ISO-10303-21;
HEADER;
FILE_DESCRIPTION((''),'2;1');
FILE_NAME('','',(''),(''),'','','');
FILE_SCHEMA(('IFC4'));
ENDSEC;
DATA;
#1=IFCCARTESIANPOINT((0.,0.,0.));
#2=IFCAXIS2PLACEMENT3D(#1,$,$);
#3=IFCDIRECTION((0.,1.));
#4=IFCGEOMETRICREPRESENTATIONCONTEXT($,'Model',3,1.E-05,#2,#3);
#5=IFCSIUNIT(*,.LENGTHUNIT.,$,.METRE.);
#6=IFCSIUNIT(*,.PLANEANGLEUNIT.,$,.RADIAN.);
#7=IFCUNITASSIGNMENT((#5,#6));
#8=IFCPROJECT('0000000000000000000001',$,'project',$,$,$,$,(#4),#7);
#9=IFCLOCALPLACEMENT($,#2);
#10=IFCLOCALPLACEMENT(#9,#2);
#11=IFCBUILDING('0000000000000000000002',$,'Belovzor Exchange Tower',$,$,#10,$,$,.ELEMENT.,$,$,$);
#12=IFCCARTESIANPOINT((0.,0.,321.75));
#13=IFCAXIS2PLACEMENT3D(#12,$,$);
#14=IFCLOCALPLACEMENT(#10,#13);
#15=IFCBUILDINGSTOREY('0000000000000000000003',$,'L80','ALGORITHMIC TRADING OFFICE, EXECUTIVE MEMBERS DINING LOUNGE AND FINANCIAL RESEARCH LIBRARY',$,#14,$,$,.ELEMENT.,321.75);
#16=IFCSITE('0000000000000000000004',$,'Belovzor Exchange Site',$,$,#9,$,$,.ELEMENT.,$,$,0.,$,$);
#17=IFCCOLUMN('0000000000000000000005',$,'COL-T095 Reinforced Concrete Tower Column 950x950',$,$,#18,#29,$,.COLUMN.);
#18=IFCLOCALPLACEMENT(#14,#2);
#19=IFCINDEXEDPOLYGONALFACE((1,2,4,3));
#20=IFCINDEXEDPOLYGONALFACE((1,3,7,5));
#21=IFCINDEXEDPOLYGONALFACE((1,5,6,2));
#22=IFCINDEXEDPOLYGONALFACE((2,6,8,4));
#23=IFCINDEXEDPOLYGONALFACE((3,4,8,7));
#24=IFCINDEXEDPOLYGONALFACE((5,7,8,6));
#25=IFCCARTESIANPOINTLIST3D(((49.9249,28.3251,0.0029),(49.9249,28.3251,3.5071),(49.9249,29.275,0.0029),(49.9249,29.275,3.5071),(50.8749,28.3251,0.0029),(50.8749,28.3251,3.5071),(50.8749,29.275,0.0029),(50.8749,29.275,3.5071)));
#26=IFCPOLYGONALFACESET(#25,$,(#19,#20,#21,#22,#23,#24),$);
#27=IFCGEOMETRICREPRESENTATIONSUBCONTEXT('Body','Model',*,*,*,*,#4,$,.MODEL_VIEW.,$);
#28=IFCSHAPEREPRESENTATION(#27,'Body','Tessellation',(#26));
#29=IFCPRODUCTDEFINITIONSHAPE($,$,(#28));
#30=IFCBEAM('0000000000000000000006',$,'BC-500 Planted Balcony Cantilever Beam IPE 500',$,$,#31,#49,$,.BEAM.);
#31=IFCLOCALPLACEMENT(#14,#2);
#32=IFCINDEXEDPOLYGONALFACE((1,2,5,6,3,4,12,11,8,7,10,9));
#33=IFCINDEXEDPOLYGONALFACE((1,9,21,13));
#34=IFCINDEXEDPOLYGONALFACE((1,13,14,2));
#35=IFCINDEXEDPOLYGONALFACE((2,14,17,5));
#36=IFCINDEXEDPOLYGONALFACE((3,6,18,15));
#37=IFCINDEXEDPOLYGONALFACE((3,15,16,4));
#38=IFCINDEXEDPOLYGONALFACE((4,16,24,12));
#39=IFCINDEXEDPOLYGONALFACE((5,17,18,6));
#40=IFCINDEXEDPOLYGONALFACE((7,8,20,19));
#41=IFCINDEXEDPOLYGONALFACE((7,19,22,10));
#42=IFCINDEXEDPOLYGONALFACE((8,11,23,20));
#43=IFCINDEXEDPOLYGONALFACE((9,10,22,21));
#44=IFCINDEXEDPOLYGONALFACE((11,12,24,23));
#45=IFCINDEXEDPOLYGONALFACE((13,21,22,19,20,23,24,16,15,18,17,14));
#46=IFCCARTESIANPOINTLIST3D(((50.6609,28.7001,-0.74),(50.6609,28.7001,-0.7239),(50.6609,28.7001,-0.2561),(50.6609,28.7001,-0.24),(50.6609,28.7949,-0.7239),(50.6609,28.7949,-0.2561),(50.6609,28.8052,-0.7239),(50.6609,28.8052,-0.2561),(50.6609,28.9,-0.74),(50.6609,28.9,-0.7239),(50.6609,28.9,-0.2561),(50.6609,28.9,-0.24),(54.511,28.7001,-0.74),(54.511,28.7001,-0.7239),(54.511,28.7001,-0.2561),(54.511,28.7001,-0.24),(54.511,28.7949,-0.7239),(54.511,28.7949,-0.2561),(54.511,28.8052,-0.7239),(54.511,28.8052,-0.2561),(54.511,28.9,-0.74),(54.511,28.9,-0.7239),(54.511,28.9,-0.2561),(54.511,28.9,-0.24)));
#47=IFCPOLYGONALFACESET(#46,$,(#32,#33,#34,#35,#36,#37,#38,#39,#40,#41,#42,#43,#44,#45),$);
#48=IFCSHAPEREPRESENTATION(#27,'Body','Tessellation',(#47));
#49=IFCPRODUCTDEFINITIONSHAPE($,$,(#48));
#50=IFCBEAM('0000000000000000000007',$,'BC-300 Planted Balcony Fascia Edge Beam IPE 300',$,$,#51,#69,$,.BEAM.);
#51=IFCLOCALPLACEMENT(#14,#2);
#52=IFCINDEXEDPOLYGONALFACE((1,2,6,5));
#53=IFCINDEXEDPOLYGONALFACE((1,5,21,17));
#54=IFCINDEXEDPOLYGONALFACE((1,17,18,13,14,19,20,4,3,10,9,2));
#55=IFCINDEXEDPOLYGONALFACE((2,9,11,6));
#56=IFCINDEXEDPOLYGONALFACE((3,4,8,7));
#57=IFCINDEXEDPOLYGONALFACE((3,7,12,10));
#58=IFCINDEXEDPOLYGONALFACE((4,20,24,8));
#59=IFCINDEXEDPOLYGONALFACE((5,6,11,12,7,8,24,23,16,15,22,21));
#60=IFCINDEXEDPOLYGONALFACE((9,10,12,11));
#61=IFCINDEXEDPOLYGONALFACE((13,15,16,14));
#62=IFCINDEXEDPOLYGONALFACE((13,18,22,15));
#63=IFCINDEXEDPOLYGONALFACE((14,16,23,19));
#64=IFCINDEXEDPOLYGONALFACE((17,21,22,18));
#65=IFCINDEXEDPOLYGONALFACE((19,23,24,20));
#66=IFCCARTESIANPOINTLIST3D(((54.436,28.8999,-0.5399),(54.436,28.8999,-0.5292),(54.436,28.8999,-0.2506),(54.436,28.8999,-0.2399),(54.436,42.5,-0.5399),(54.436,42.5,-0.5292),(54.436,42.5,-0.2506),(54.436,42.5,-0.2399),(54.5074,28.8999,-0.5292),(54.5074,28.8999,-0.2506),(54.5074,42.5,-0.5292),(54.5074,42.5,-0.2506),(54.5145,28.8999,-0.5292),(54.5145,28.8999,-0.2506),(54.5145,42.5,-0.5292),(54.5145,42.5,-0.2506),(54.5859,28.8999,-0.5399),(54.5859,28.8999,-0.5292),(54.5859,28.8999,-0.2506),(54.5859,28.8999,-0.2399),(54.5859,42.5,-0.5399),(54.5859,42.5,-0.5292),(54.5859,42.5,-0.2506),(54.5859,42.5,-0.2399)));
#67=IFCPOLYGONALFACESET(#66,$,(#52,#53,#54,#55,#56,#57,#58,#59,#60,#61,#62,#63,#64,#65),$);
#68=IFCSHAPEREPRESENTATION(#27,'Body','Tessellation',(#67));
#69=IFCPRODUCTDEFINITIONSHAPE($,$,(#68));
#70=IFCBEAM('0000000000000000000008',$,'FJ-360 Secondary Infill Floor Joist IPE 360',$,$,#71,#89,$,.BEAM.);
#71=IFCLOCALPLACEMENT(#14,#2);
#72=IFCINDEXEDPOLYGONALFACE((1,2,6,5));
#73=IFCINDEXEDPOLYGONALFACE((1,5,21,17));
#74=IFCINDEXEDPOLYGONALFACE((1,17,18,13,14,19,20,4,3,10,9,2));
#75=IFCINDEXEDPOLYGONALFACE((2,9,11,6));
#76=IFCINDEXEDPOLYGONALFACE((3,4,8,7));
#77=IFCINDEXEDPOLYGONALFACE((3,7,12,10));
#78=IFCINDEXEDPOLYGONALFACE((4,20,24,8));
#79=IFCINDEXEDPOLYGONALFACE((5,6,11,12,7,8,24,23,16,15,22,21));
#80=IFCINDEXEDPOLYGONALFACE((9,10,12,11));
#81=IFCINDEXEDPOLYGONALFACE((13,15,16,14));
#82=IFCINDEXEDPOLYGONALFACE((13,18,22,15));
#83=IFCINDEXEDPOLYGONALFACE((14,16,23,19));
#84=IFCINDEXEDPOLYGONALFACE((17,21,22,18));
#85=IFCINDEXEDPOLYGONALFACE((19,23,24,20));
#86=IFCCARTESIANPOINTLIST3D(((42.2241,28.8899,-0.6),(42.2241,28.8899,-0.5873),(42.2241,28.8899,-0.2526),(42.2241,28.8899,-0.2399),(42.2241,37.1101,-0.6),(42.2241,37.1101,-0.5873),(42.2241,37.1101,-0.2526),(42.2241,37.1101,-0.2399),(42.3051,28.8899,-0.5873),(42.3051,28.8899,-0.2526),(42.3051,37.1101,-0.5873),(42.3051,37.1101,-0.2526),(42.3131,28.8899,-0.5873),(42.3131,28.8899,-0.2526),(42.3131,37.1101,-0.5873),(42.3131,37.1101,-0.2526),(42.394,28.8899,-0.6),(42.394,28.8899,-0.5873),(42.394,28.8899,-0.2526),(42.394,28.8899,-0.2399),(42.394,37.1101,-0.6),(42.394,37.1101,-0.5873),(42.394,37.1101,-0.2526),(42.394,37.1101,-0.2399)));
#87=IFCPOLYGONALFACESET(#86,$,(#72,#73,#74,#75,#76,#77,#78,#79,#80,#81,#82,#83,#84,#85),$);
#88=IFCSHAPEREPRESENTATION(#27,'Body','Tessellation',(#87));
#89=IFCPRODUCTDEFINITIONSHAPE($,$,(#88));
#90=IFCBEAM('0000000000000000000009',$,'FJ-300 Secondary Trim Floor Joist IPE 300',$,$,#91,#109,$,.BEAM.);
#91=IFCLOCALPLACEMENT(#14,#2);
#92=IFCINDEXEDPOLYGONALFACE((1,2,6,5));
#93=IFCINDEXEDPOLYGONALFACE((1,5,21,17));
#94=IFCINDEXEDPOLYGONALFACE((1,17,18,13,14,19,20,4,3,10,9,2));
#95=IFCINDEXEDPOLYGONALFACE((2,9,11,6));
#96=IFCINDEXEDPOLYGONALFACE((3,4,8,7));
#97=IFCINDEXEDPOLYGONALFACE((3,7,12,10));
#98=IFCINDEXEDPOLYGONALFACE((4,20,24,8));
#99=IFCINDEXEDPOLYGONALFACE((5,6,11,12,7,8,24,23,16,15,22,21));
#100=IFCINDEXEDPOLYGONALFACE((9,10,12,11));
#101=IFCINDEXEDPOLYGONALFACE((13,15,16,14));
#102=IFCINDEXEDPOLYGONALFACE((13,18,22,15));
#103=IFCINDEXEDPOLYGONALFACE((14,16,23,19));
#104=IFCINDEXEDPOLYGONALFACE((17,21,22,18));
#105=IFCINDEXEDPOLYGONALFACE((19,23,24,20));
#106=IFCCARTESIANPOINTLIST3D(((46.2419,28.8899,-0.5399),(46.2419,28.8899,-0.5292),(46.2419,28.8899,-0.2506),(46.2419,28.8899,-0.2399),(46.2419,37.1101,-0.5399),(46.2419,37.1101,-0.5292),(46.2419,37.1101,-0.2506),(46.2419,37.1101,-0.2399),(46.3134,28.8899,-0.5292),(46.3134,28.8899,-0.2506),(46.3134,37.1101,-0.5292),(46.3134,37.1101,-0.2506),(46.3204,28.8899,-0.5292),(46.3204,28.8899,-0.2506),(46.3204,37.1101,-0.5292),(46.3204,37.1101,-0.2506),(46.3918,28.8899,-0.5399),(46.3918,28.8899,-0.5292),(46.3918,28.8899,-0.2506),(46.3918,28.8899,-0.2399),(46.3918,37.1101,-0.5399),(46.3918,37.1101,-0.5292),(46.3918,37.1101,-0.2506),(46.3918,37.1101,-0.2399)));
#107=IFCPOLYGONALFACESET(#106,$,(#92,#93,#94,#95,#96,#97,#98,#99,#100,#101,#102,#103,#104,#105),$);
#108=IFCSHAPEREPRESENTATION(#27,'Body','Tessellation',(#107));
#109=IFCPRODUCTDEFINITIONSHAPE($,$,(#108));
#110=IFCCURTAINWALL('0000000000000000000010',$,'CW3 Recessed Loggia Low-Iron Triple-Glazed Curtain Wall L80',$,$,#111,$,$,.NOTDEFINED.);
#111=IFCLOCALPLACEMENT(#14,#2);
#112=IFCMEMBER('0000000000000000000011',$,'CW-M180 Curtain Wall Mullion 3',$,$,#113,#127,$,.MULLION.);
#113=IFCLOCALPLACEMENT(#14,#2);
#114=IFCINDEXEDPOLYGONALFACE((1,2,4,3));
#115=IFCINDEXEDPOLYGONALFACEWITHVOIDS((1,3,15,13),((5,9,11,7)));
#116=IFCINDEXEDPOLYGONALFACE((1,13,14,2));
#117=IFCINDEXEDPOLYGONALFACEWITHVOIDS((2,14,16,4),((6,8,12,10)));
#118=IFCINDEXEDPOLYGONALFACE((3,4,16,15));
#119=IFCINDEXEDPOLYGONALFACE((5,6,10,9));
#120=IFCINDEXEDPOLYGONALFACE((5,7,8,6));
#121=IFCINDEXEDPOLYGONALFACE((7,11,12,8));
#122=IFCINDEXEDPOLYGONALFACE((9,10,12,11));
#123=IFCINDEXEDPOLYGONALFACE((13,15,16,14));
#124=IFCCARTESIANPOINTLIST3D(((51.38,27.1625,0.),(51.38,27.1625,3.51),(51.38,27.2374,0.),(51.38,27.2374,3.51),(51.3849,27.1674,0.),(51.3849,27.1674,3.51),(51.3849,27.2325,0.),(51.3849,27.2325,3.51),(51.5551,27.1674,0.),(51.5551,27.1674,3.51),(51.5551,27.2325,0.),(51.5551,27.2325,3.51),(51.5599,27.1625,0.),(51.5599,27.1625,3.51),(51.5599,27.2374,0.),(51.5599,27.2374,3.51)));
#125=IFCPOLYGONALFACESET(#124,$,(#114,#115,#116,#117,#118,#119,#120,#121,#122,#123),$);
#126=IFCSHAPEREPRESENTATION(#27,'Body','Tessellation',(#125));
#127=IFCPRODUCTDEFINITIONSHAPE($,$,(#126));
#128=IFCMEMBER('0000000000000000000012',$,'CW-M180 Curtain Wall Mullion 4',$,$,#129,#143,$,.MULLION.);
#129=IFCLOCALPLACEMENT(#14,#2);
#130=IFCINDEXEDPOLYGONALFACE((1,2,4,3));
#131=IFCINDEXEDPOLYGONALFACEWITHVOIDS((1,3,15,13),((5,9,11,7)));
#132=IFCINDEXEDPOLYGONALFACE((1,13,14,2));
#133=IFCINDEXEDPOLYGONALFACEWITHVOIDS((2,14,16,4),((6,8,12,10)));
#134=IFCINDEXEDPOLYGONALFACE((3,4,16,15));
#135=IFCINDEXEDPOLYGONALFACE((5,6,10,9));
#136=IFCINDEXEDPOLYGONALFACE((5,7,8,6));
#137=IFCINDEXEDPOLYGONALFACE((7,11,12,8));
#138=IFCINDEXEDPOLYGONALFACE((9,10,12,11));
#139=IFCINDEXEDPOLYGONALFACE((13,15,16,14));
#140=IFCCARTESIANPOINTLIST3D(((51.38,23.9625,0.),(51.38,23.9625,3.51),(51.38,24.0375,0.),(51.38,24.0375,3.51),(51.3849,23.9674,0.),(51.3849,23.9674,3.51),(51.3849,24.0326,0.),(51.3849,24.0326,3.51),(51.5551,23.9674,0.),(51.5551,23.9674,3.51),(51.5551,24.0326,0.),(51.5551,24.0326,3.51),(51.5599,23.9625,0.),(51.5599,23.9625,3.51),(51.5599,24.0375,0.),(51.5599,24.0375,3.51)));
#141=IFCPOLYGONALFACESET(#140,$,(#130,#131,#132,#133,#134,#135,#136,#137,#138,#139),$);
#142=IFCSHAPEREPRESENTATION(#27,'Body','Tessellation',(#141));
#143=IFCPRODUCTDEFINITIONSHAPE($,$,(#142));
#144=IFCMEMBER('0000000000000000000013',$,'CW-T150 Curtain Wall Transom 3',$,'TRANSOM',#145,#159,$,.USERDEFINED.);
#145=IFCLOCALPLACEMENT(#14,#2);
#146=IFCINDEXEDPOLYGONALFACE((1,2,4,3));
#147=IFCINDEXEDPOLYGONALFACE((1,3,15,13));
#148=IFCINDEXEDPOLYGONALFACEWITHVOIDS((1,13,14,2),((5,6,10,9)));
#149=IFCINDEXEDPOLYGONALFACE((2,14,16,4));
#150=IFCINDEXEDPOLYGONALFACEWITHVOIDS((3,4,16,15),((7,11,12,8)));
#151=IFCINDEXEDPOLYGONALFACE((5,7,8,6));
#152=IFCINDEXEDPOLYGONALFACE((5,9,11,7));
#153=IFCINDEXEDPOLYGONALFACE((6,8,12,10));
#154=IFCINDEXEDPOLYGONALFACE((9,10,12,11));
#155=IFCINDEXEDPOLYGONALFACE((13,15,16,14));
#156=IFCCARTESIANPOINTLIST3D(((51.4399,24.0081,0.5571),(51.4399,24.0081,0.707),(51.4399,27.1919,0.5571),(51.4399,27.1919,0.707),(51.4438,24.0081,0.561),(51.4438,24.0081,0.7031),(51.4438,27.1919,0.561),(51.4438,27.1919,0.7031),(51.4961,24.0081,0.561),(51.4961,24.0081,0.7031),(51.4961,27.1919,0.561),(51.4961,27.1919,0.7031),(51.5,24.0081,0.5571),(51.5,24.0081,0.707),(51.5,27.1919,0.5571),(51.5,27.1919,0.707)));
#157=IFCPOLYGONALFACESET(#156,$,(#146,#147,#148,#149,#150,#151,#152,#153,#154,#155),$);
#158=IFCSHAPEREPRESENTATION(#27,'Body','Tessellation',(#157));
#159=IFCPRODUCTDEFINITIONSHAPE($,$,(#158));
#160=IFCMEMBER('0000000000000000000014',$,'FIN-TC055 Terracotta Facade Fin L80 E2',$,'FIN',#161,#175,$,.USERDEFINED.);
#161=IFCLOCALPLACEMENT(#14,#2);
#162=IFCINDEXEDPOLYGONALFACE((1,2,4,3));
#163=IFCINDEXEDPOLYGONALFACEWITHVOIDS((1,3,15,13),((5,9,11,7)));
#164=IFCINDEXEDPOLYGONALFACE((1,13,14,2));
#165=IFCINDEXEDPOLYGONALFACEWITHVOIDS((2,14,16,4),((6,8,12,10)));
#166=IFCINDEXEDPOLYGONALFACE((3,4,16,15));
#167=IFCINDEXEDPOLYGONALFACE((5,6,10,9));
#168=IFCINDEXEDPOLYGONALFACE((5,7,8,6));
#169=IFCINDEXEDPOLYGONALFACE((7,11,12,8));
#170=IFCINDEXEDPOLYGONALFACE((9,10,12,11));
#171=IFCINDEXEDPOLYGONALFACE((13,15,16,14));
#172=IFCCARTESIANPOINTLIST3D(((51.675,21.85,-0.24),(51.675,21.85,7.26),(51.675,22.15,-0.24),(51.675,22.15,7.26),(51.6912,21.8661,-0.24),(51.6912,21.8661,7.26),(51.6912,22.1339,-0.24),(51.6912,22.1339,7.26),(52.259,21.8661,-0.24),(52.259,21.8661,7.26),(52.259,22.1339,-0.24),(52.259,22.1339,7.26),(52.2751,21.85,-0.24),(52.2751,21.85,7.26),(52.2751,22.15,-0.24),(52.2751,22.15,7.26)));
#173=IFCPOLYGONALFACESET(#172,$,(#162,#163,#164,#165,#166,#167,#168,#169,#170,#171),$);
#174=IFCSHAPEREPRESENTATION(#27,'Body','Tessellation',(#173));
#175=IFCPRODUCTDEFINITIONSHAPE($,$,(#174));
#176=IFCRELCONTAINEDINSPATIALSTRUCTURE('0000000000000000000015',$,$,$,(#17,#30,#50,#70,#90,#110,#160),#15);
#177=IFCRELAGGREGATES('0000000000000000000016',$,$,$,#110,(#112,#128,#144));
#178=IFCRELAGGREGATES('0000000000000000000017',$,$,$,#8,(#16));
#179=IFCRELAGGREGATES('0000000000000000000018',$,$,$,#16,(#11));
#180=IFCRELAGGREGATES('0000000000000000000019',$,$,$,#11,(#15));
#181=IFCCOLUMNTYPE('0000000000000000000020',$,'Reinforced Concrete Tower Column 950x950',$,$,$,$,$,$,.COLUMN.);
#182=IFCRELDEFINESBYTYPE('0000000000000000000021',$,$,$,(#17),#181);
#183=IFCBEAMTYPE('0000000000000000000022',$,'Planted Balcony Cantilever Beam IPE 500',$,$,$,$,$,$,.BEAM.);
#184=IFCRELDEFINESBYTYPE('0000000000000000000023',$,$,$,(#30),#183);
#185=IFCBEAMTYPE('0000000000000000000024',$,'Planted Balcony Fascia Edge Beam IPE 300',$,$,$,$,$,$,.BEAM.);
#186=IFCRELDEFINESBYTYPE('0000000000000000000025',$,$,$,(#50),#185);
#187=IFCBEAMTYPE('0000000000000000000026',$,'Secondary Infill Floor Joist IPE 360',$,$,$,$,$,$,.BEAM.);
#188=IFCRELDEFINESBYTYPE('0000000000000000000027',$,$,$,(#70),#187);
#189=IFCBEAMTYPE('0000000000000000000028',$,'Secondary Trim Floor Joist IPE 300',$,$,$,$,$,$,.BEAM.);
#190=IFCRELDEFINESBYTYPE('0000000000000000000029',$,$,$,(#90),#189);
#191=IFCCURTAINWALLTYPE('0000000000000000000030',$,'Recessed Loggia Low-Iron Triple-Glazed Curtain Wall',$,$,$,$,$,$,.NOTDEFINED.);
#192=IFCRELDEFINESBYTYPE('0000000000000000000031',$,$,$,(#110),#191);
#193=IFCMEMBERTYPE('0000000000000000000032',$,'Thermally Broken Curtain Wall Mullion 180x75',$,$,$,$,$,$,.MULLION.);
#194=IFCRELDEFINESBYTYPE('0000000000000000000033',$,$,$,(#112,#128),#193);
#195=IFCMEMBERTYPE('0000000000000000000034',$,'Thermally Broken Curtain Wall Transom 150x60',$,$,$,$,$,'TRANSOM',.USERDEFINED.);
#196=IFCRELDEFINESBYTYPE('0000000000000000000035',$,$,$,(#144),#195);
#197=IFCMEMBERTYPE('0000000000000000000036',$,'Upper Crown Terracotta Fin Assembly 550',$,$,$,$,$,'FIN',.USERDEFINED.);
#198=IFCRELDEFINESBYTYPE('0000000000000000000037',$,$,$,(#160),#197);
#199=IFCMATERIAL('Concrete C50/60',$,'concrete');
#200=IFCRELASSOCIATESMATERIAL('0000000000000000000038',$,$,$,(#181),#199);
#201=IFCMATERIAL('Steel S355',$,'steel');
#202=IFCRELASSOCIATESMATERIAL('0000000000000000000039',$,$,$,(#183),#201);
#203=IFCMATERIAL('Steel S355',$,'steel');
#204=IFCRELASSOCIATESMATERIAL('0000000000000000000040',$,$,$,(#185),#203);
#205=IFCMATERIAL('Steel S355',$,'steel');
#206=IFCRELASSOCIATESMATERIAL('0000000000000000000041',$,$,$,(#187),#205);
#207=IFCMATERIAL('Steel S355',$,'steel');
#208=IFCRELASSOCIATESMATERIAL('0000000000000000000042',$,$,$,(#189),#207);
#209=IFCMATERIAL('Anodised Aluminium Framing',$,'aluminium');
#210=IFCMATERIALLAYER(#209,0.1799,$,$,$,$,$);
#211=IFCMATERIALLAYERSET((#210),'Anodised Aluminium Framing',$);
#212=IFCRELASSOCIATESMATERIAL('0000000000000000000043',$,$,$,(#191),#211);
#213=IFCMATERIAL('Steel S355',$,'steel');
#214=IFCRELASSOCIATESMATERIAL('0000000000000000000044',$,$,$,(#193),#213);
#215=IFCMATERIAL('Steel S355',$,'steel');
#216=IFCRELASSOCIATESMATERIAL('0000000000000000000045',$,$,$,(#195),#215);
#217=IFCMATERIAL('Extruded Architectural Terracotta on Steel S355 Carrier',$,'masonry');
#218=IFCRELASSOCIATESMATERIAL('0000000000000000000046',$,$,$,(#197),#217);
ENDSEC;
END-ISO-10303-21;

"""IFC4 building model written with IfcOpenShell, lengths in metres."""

from ifc_helpers import new_model, si_unit, direction, frame, origin, origin_2d, place, context, subcontext, project, spatial, rectangle, hollow_rectangle, i_section, extrude, material, layer, layer_set, material_profile, profile_set, type_object, element, aggregate, save


model = new_model("IFC4")

# Units and contexts
model_context = context("Model", 3, precision=1e-05, world=origin(), true_north=direction((0.0, 1.0)))
body_context = subcontext(model_context, "Body", "Model", "MODEL_VIEW")
ifc_project = project(units=[si_unit("LENGTHUNIT", "METRE"), si_unit("PLANEANGLEUNIT", "RADIAN")], contexts=[model_context])

# Site, building, storey
site_placement = place(None, origin())
site = spatial("IfcSite", under=ifc_project, at=site_placement, Name="Belovzor Exchange Site", CompositionType="ELEMENT", RefElevation=0.0)
building_placement = place(site_placement, origin())
building = spatial("IfcBuilding", under=site, at=building_placement, Name="Belovzor Exchange Tower", CompositionType="ELEMENT")
storey_placement = place(building_placement, frame((0.0, 0.0, 321.75)))
storey = spatial("IfcBuildingStorey", under=building, at=storey_placement, Name="L80", Description="ALGORITHMIC TRADING OFFICE, EXECUTIVE MEMBERS DINING LOUNGE AND FINANCIAL RESEARCH LIBRARY", CompositionType="ELEMENT", Elevation=321.75)

# Column
ifc_material_1 = material(Name="Concrete C50/60", Category="concrete")
ifc_material_profile_1 = material_profile(ifc_material_1, rectangle(XDim=0.95, YDim=0.95, at=origin_2d()))
ifc_profile_set_1 = profile_set([ifc_material_profile_1], Name="Concrete C50/60")
column_type = type_object("IfcColumnType", Name="Reinforced Concrete Tower Column 950x950", PredefinedType="COLUMN", material=ifc_profile_set_1)
column_placement = place(storey_placement, frame((50.3999, 28.8, 0.0029), z_axis=(0.0, 0.0, 1.0), x_axis=(1.0, 0.0, 0.0)))
element("IfcColumn", 1, at=column_placement, inside=storey, type_object=column_type, Name="COL-T095 Reinforced Concrete Tower Column 950x950", PredefinedType="COLUMN", context=body_context, shape_type="SweptSolid", body=[
    extrude(rectangle(XDim=0.95, YDim=0.95, at=origin_2d()), origin(), (0.0, 0.0, 1.0), 3.5042),
])

# Beams
ifc_material_2 = material(Name="Steel S355", Category="steel")
ifc_material_profile_2 = material_profile(ifc_material_2, i_section(OverallWidth=0.2, OverallDepth=0.5, WebThickness=0.0103, FlangeThickness=0.0161, at=origin_2d()))
ifc_profile_set_2 = profile_set([ifc_material_profile_2], Name="Steel S355")
beam_type_1 = type_object("IfcBeamType", Name="Planted Balcony Cantilever Beam IPE 500", PredefinedType="BEAM", material=ifc_profile_set_2)
beam_1_placement = place(storey_placement, frame((50.6609, 28.8, -0.49), z_axis=(1.0, 0.0, 0.0), x_axis=(0.0, 1.0, 0.0)))
element("IfcBeam", 2, at=beam_1_placement, inside=storey, type_object=beam_type_1, Name="BC-500 Planted Balcony Cantilever Beam IPE 500", PredefinedType="BEAM", context=body_context, shape_type="SweptSolid", body=[
    extrude(i_section(OverallWidth=0.2, OverallDepth=0.5, WebThickness=0.0103, FlangeThickness=0.0161, at=origin_2d()), origin(), (0.0, 0.0, 1.0), 3.8501),
])
ifc_material_3 = material(Name="Steel S355", Category="steel")
ifc_material_profile_3 = material_profile(ifc_material_3, i_section(OverallWidth=0.1499, OverallDepth=0.3, WebThickness=0.0071, FlangeThickness=0.0107, at=origin_2d()))
ifc_profile_set_3 = profile_set([ifc_material_profile_3], Name="Steel S355")
beam_type_2 = type_object("IfcBeamType", Name="Planted Balcony Fascia Edge Beam IPE 300", PredefinedType="BEAM", material=ifc_profile_set_3)
beam_2_placement = place(storey_placement, frame((54.511, 28.8999, -0.3899), z_axis=(0.0, 1.0, 0.0), x_axis=(-1.0, 0.0, 0.0)))
element("IfcBeam", 3, at=beam_2_placement, inside=storey, type_object=beam_type_2, Name="BC-300 Planted Balcony Fascia Edge Beam IPE 300", PredefinedType="BEAM", context=body_context, shape_type="SweptSolid", body=[
    extrude(i_section(OverallWidth=0.1499, OverallDepth=0.3, WebThickness=0.0071, FlangeThickness=0.0107, at=origin_2d()), origin(), (0.0, 0.0, 1.0), 13.6001),
])
ifc_material_4 = material(Name="Steel S355", Category="steel")
ifc_material_profile_4 = material_profile(ifc_material_4, i_section(OverallWidth=0.1699, OverallDepth=0.3601, WebThickness=0.0081, FlangeThickness=0.0127, at=origin_2d()))
ifc_profile_set_4 = profile_set([ifc_material_profile_4], Name="Steel S355")
beam_type_3 = type_object("IfcBeamType", Name="Secondary Infill Floor Joist IPE 360", PredefinedType="BEAM", material=ifc_profile_set_4)
beam_3_placement = place(storey_placement, frame((42.3091, 28.8899, -0.4199), z_axis=(0.0, 1.0, 0.0), x_axis=(-1.0, 0.0, 0.0)))
element("IfcBeam", 4, at=beam_3_placement, inside=storey, type_object=beam_type_3, Name="FJ-360 Secondary Infill Floor Joist IPE 360", PredefinedType="BEAM", context=body_context, shape_type="SweptSolid", body=[
    extrude(i_section(OverallWidth=0.1699, OverallDepth=0.3601, WebThickness=0.0081, FlangeThickness=0.0127, at=origin_2d()), origin(), (0.0, 0.0, 1.0), 8.2202),
])
ifc_material_5 = material(Name="Steel S355", Category="steel")
ifc_material_profile_5 = material_profile(ifc_material_5, i_section(OverallWidth=0.1499, OverallDepth=0.3, WebThickness=0.0071, FlangeThickness=0.0107, at=origin_2d()))
ifc_profile_set_5 = profile_set([ifc_material_profile_5], Name="Steel S355")
beam_type_4 = type_object("IfcBeamType", Name="Secondary Trim Floor Joist IPE 300", PredefinedType="BEAM", material=ifc_profile_set_5)
beam_4_placement = place(storey_placement, frame((46.3169, 28.8899, -0.3899), z_axis=(0.0, 1.0, 0.0), x_axis=(-1.0, 0.0, 0.0)))
element("IfcBeam", 5, at=beam_4_placement, inside=storey, type_object=beam_type_4, Name="FJ-300 Secondary Trim Floor Joist IPE 300", PredefinedType="BEAM", context=body_context, shape_type="SweptSolid", body=[
    extrude(i_section(OverallWidth=0.1499, OverallDepth=0.3, WebThickness=0.0071, FlangeThickness=0.0107, at=origin_2d()), origin(), (0.0, 0.0, 1.0), 8.2202),
])

# Curtain wall, members
ifc_material_6 = material(Name="Anodised Aluminium Framing", Category="aluminium")
ifc_layer_1 = layer(ifc_material_6, 0.1799)
ifc_layer_set_1 = layer_set([ifc_layer_1], Name="Anodised Aluminium Framing")
curtain_wall_type = type_object("IfcCurtainWallType", Name="Recessed Loggia Low-Iron Triple-Glazed Curtain Wall", PredefinedType="NOTDEFINED", material=ifc_layer_set_1)
curtain_wall_placement = place(storey_placement, origin())
curtain_wall = element("IfcCurtainWall", 6, at=curtain_wall_placement, inside=storey, type_object=curtain_wall_type, Name="CW3 Recessed Loggia Low-Iron Triple-Glazed Curtain Wall L80", PredefinedType="NOTDEFINED")
ifc_material_7 = material(Name="Steel S355", Category="steel")
ifc_material_profile_6 = material_profile(ifc_material_7, hollow_rectangle(XDim=0.075, YDim=0.1799, WallThickness=0.0049, at=origin_2d()))
ifc_profile_set_6 = profile_set([ifc_material_profile_6], Name="Steel S355")
member_type_1 = type_object("IfcMemberType", Name="Thermally Broken Curtain Wall Mullion 180x75", PredefinedType="MULLION", material=ifc_profile_set_6)
member_1_placement = place(storey_placement, frame((51.47, 27.2, 0.0), z_axis=(0.0, 0.0, 1.0), x_axis=(0.0, -1.0, 0.0)))
member_1 = element("IfcMember", 7, at=member_1_placement, type_object=member_type_1, Name="CW-M180 Curtain Wall Mullion 3", PredefinedType="MULLION", context=body_context, shape_type="SweptSolid", body=[
    extrude(hollow_rectangle(XDim=0.075, YDim=0.1799, WallThickness=0.0049, at=origin_2d()), origin(), (0.0, 0.0, 1.0), 3.51),
])
member_2_placement = place(storey_placement, frame((51.47, 24.0, 0.0), z_axis=(0.0, 0.0, 1.0), x_axis=(0.0, -1.0, 0.0)))
member_2 = element("IfcMember", 8, at=member_2_placement, type_object=member_type_1, Name="CW-M180 Curtain Wall Mullion 4", PredefinedType="MULLION", context=body_context, shape_type="SweptSolid", body=[
    extrude(hollow_rectangle(XDim=0.075, YDim=0.1799, WallThickness=0.0049, at=origin_2d()), origin(), (0.0, 0.0, 1.0), 3.51),
])
ifc_material_8 = material(Name="Steel S355", Category="steel")
ifc_material_profile_7 = material_profile(ifc_material_8, hollow_rectangle(XDim=0.0601, YDim=0.1499, WallThickness=0.0039, at=origin_2d()))
ifc_profile_set_7 = profile_set([ifc_material_profile_7], Name="Steel S355")
member_type_2 = type_object("IfcMemberType", Name="Thermally Broken Curtain Wall Transom 150x60", ElementType="TRANSOM", PredefinedType="USERDEFINED", material=ifc_profile_set_7)
member_3_placement = place(storey_placement, frame((51.47, 27.1919, 0.6321), z_axis=(0.0, -1.0, 0.0), x_axis=(1.0, 0.0, 0.0)))
member_3 = element("IfcMember", 9, at=member_3_placement, type_object=member_type_2, Name="CW-T150 Curtain Wall Transom 3", ObjectType="TRANSOM", PredefinedType="USERDEFINED", context=body_context, shape_type="SweptSolid", body=[
    extrude(hollow_rectangle(XDim=0.0601, YDim=0.1499, WallThickness=0.0039, at=origin_2d()), origin(), (0.0, 0.0, 1.0), 3.1838),
])

# Member
ifc_material_9 = material(Name="Extruded Architectural Terracotta on Steel S355 Carrier", Category="masonry")
ifc_material_profile_8 = material_profile(ifc_material_9, hollow_rectangle(XDim=0.3, YDim=0.6001, WallThickness=0.0161, at=origin_2d()))
ifc_profile_set_8 = profile_set([ifc_material_profile_8], Name="Extruded Architectural Terracotta on Steel S355 Carrier")
member_type_3 = type_object("IfcMemberType", Name="Upper Crown Terracotta Fin Assembly 550", ElementType="FIN", PredefinedType="USERDEFINED", material=ifc_profile_set_8)
member_4_placement = place(storey_placement, frame((51.9751, 22.0, -0.24), z_axis=(0.0, 0.0, 1.0), x_axis=(0.0, 1.0, 0.0)))
element("IfcMember", 10, at=member_4_placement, inside=storey, type_object=member_type_3, Name="FIN-TC055 Terracotta Facade Fin L80 E2", ObjectType="FIN", PredefinedType="USERDEFINED", context=body_context, shape_type="SweptSolid", body=[
    extrude(hollow_rectangle(XDim=0.3, YDim=0.6001, WallThickness=0.0161, at=origin_2d()), origin(), (0.0, 0.0, 1.0), 7.5),
])

aggregate(curtain_wall, [member_1, member_2, member_3])

save(model, "model.ifc")
